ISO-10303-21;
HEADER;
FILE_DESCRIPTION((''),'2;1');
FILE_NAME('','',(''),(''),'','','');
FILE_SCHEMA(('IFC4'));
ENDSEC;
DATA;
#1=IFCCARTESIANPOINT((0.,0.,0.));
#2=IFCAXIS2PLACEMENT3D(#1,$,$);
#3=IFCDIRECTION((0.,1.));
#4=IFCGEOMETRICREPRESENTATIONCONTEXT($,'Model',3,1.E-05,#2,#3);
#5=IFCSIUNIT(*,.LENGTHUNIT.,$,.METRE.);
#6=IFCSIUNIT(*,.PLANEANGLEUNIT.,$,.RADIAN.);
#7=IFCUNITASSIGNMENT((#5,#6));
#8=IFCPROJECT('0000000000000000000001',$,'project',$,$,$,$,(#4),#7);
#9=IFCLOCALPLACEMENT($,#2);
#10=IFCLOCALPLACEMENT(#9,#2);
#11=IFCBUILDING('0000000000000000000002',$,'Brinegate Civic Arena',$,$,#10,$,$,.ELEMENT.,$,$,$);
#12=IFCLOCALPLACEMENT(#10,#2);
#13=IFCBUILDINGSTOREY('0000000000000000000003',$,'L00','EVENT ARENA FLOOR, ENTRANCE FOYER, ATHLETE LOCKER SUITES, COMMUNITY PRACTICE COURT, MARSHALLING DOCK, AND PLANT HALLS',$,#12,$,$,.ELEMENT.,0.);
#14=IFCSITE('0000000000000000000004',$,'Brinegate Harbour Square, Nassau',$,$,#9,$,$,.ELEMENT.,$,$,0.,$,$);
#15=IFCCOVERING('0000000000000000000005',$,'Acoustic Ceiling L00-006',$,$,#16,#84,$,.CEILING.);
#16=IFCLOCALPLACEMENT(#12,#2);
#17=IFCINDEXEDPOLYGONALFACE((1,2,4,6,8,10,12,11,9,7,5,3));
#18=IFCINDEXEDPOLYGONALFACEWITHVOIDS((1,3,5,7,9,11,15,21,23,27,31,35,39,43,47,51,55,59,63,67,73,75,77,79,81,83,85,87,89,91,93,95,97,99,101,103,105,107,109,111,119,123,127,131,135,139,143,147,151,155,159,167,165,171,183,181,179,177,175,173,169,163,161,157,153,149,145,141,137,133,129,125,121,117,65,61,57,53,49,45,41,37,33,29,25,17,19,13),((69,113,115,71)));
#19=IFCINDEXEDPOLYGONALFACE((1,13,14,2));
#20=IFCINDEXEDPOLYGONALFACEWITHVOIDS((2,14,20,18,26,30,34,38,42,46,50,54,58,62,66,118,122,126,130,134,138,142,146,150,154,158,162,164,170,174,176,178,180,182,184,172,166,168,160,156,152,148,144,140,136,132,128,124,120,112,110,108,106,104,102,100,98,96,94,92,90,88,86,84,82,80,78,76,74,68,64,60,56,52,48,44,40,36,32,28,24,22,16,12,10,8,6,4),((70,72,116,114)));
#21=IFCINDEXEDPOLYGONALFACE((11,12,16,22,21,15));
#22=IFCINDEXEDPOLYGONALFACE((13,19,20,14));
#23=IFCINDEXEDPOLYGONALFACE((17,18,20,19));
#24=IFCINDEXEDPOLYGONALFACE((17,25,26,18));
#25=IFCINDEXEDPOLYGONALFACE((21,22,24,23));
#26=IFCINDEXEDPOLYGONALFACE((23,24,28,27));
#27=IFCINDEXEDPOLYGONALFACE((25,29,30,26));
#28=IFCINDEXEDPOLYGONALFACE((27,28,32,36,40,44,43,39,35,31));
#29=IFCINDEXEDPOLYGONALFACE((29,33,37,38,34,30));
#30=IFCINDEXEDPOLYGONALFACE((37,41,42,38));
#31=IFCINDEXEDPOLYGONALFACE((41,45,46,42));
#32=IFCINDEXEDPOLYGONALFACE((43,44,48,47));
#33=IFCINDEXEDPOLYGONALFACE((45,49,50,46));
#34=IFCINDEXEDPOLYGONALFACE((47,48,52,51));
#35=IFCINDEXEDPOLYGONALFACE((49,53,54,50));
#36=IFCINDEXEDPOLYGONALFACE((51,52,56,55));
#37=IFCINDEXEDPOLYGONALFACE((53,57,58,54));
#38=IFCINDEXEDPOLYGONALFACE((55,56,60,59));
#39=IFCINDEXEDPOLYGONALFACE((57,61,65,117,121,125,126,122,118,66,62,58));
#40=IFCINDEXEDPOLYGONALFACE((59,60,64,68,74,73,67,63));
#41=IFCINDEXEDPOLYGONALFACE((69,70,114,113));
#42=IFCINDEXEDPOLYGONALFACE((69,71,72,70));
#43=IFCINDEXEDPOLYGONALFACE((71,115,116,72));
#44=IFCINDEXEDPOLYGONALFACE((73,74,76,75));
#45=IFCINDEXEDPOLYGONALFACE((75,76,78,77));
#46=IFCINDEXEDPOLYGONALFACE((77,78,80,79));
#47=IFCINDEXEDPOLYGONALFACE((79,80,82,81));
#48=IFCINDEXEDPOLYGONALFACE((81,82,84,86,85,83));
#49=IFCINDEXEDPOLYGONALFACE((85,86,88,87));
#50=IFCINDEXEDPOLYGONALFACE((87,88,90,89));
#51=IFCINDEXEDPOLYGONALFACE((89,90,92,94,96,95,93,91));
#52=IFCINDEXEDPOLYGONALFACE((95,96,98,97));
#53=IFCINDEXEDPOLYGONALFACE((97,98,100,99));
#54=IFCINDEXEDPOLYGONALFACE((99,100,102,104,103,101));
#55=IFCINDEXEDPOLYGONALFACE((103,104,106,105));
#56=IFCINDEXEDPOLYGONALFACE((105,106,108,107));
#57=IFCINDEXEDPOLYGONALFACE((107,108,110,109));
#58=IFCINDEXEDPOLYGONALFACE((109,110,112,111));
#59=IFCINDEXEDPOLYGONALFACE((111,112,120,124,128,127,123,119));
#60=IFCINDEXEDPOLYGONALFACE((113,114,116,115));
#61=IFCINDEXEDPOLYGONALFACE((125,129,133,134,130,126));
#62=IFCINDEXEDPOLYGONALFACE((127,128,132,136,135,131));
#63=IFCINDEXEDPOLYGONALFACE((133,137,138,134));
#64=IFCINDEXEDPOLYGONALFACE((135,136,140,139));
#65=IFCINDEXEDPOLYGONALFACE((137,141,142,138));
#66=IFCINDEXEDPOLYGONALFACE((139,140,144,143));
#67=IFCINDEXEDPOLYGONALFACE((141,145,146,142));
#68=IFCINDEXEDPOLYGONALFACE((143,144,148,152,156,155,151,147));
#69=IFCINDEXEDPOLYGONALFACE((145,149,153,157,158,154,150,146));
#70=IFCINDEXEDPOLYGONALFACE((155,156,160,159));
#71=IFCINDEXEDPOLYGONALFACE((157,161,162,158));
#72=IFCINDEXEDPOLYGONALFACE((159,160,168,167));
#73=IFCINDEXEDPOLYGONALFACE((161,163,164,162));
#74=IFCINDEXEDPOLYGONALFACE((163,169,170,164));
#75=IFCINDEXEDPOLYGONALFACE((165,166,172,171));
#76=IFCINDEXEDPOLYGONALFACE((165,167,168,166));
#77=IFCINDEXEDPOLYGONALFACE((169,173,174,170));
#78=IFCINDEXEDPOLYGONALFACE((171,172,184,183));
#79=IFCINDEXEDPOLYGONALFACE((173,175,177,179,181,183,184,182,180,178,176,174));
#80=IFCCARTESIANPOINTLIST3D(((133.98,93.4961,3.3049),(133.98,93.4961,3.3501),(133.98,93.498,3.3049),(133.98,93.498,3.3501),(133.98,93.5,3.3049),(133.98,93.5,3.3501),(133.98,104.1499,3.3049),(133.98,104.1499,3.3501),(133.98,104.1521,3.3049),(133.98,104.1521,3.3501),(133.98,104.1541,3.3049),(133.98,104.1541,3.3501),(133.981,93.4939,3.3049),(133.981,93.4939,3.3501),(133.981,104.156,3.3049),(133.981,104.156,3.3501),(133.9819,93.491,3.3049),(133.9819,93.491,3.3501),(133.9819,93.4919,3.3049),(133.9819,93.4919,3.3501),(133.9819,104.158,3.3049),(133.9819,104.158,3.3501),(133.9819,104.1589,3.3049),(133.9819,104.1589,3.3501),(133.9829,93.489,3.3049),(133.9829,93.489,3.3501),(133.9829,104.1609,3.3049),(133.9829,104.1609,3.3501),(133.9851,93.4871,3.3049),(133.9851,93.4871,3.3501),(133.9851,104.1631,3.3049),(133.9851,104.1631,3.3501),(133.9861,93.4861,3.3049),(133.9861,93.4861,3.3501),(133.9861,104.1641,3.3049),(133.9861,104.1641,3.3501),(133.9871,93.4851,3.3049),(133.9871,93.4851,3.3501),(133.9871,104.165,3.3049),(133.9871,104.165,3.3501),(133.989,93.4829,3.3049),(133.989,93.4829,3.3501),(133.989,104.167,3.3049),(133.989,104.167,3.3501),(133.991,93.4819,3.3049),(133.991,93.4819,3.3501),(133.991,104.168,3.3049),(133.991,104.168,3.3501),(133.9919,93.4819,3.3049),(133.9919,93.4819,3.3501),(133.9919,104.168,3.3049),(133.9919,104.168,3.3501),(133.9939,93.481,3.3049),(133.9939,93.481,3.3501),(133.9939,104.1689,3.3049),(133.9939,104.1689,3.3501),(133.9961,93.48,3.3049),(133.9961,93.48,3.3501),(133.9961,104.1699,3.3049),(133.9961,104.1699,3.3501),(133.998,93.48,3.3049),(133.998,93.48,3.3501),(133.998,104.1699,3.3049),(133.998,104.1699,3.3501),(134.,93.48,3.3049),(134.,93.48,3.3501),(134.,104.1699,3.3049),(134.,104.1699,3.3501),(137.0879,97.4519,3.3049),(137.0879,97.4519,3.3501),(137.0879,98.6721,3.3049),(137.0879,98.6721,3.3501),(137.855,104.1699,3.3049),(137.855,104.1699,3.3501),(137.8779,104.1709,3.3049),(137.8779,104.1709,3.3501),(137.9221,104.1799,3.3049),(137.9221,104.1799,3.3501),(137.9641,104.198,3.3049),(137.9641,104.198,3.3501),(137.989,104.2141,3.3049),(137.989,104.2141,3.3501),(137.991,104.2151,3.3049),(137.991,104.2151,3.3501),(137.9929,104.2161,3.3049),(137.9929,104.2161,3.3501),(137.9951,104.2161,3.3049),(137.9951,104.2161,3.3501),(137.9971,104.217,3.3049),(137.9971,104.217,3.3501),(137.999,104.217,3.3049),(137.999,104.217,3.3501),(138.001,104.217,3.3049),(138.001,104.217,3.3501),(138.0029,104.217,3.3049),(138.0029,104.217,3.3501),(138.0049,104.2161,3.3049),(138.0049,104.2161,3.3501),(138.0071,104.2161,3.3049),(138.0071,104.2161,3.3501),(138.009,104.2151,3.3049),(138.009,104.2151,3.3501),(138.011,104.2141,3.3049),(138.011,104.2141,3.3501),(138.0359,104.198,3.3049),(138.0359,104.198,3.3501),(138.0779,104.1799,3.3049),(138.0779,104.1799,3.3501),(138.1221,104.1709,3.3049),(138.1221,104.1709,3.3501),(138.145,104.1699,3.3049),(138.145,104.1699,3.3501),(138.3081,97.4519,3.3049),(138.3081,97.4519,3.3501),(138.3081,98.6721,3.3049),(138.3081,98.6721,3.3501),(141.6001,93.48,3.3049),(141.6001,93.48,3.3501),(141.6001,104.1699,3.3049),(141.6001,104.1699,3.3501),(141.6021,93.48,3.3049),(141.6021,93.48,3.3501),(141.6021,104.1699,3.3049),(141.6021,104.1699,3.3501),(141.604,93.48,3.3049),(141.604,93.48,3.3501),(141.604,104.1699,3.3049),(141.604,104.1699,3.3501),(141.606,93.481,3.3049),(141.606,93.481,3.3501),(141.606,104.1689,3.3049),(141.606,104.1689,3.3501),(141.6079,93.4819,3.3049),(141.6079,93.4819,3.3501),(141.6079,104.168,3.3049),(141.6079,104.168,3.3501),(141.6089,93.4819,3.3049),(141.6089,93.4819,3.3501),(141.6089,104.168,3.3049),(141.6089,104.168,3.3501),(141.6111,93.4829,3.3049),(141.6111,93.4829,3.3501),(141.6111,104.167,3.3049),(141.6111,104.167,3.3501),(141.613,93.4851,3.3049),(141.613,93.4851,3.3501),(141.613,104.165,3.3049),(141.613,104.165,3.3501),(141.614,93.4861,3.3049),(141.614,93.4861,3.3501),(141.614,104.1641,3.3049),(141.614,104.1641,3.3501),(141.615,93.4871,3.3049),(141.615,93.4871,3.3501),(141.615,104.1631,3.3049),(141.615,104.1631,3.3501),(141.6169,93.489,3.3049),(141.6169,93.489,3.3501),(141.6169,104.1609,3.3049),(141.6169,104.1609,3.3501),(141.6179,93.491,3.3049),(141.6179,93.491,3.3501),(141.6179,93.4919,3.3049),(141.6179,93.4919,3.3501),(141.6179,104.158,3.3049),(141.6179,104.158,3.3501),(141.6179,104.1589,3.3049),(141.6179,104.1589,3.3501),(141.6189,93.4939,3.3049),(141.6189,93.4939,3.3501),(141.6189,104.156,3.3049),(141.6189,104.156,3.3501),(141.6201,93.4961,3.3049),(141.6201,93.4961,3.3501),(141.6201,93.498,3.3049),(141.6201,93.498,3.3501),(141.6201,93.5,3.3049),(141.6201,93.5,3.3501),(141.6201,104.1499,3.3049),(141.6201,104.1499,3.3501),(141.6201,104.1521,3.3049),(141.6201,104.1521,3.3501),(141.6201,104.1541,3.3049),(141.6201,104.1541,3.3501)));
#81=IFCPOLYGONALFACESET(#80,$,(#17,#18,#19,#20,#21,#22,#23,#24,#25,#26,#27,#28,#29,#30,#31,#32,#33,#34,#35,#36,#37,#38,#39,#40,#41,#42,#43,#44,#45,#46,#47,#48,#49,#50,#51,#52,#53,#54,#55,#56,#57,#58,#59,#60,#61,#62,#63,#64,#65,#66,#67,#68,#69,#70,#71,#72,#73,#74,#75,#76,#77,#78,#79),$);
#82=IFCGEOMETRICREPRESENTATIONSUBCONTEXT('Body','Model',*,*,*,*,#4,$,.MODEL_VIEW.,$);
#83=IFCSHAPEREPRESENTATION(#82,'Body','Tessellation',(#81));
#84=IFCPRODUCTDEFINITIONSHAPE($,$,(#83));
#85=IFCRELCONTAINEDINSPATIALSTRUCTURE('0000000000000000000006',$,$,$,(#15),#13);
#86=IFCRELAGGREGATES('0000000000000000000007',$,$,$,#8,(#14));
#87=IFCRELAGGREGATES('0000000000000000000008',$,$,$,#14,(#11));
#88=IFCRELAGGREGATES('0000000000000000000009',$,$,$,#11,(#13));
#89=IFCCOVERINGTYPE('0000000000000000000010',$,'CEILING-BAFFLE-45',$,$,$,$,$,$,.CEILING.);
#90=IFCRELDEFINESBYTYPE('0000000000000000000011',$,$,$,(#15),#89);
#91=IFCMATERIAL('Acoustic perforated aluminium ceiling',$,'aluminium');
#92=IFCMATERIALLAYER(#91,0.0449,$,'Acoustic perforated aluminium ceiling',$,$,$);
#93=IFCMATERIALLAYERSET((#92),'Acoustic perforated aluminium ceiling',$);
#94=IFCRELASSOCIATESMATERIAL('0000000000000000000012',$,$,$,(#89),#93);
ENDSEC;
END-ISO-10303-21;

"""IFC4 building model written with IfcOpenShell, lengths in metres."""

from ifc_helpers import new_model, si_unit, direction, frame, origin, place, context, subcontext, project, spatial, polyline, outline, extrude, material, layer, layer_set, type_object, element, save


model = new_model("IFC4")

# Units and contexts
model_context = context("Model", 3, precision=1e-05, world=origin(), true_north=direction((0.0, 1.0)))
body_context = subcontext(model_context, "Body", "Model", "MODEL_VIEW")
ifc_project = project(units=[si_unit("LENGTHUNIT", "METRE"), si_unit("PLANEANGLEUNIT", "RADIAN")], contexts=[model_context])

# Site, building, storey
site_placement = place(None, origin())
site = spatial("IfcSite", under=ifc_project, at=site_placement, Name="Brinegate Harbour Square, Nassau", CompositionType="ELEMENT", RefElevation=0.0)
building_placement = place(site_placement, origin())
building = spatial("IfcBuilding", under=site, at=building_placement, Name="Brinegate Civic Arena", CompositionType="ELEMENT")
storey_placement = place(building_placement, origin())
storey = spatial("IfcBuildingStorey", under=building, at=storey_placement, Name="L00", Description="EVENT ARENA FLOOR, ENTRANCE FOYER, ATHLETE LOCKER SUITES, COMMUNITY PRACTICE COURT, MARSHALLING DOCK, AND PLANT HALLS", CompositionType="ELEMENT", Elevation=0.0)

# Covering
ifc_material_1 = material(Name="Acoustic perforated aluminium ceiling", Category="aluminium")
ifc_layer_1 = layer(ifc_material_1, 0.0449, Name="Acoustic perforated aluminium ceiling")
ifc_layer_set_1 = layer_set([ifc_layer_1], Name="Acoustic perforated aluminium ceiling")
covering_type_1 = type_object("IfcCoveringType", Name="CEILING-BAFFLE-45", PredefinedType="CEILING", material=ifc_layer_set_1)
covering_1_placement = place(storey_placement, frame((0.0, 0.0, 3.3049)))
element("IfcCovering", 1, at=covering_1_placement, inside=storey, type_object=covering_type_1, Name="Acoustic Ceiling L00-006", PredefinedType="CEILING", context=body_context, shape_type="SweptSolid", body=[
    extrude(outline(polyline([(141.6201, 93.4961), (141.6189, 93.4939), (141.6179, 93.4919), (141.6179, 93.491), (141.6169, 93.489), (141.615, 93.4871), (141.614, 93.4861), (141.613, 93.4851), (141.6111, 93.4829), (141.6089, 93.4819), (141.6079, 93.4819), (141.606, 93.481), (141.604, 93.48), (141.6021, 93.48), (141.6001, 93.48), (134.0, 93.48), (133.998, 93.48), (133.9961, 93.48), (133.9939, 93.481), (133.9919, 93.4819), (133.991, 93.4819), (133.989, 93.4829), (133.9871, 93.4851), (133.9861, 93.4861), (133.9851, 93.4871), (133.9829, 93.489), (133.9819, 93.491), (133.9819, 93.4919), (133.981, 93.4939), (133.98, 93.4961), (133.98, 93.498), (133.98, 93.5), (133.98, 104.1499), (133.98, 104.1521), (133.98, 104.1541), (133.981, 104.156), (133.9819, 104.158), (133.9819, 104.1589), (133.9829, 104.1609), (133.9851, 104.1631), (133.9861, 104.1641), (133.9871, 104.165), (133.989, 104.167), (133.991, 104.168), (133.9919, 104.168), (133.9939, 104.1689), (133.9961, 104.1699), (133.998, 104.1699), (134.0, 104.1699), (137.855, 104.1699), (137.8779, 104.1709), (137.9221, 104.1799), (137.9641, 104.198), (137.989, 104.2141), (137.991, 104.2151), (137.9929, 104.2161), (137.9951, 104.2161), (137.9971, 104.217), (137.999, 104.217), (138.001, 104.217), (138.0029, 104.217), (138.0049, 104.2161), (138.0071, 104.2161), (138.009, 104.2151), (138.011, 104.2141), (138.0359, 104.198), (138.0779, 104.1799), (138.1221, 104.1709), (138.145, 104.1699), (141.6001, 104.1699), (141.6021, 104.1699), (141.604, 104.1699), (141.606, 104.1689), (141.6079, 104.168), (141.6089, 104.168), (141.6111, 104.167), (141.613, 104.165), (141.614, 104.1641), (141.615, 104.1631), (141.6169, 104.1609), (141.6179, 104.1589), (141.6179, 104.158), (141.6189, 104.156), (141.6201, 104.1541), (141.6201, 104.1521), (141.6201, 104.1499), (141.6201, 93.5), (141.6201, 93.498), (141.6201, 93.4961)]), holes=[polyline([(138.3081, 98.6721), (137.0879, 98.6721), (137.0879, 97.4519), (138.3081, 97.4519), (138.3081, 98.6721)])]), origin(), (0.0, 0.0, 1.0), 0.0452),
])

save(model, "model.ifc")
